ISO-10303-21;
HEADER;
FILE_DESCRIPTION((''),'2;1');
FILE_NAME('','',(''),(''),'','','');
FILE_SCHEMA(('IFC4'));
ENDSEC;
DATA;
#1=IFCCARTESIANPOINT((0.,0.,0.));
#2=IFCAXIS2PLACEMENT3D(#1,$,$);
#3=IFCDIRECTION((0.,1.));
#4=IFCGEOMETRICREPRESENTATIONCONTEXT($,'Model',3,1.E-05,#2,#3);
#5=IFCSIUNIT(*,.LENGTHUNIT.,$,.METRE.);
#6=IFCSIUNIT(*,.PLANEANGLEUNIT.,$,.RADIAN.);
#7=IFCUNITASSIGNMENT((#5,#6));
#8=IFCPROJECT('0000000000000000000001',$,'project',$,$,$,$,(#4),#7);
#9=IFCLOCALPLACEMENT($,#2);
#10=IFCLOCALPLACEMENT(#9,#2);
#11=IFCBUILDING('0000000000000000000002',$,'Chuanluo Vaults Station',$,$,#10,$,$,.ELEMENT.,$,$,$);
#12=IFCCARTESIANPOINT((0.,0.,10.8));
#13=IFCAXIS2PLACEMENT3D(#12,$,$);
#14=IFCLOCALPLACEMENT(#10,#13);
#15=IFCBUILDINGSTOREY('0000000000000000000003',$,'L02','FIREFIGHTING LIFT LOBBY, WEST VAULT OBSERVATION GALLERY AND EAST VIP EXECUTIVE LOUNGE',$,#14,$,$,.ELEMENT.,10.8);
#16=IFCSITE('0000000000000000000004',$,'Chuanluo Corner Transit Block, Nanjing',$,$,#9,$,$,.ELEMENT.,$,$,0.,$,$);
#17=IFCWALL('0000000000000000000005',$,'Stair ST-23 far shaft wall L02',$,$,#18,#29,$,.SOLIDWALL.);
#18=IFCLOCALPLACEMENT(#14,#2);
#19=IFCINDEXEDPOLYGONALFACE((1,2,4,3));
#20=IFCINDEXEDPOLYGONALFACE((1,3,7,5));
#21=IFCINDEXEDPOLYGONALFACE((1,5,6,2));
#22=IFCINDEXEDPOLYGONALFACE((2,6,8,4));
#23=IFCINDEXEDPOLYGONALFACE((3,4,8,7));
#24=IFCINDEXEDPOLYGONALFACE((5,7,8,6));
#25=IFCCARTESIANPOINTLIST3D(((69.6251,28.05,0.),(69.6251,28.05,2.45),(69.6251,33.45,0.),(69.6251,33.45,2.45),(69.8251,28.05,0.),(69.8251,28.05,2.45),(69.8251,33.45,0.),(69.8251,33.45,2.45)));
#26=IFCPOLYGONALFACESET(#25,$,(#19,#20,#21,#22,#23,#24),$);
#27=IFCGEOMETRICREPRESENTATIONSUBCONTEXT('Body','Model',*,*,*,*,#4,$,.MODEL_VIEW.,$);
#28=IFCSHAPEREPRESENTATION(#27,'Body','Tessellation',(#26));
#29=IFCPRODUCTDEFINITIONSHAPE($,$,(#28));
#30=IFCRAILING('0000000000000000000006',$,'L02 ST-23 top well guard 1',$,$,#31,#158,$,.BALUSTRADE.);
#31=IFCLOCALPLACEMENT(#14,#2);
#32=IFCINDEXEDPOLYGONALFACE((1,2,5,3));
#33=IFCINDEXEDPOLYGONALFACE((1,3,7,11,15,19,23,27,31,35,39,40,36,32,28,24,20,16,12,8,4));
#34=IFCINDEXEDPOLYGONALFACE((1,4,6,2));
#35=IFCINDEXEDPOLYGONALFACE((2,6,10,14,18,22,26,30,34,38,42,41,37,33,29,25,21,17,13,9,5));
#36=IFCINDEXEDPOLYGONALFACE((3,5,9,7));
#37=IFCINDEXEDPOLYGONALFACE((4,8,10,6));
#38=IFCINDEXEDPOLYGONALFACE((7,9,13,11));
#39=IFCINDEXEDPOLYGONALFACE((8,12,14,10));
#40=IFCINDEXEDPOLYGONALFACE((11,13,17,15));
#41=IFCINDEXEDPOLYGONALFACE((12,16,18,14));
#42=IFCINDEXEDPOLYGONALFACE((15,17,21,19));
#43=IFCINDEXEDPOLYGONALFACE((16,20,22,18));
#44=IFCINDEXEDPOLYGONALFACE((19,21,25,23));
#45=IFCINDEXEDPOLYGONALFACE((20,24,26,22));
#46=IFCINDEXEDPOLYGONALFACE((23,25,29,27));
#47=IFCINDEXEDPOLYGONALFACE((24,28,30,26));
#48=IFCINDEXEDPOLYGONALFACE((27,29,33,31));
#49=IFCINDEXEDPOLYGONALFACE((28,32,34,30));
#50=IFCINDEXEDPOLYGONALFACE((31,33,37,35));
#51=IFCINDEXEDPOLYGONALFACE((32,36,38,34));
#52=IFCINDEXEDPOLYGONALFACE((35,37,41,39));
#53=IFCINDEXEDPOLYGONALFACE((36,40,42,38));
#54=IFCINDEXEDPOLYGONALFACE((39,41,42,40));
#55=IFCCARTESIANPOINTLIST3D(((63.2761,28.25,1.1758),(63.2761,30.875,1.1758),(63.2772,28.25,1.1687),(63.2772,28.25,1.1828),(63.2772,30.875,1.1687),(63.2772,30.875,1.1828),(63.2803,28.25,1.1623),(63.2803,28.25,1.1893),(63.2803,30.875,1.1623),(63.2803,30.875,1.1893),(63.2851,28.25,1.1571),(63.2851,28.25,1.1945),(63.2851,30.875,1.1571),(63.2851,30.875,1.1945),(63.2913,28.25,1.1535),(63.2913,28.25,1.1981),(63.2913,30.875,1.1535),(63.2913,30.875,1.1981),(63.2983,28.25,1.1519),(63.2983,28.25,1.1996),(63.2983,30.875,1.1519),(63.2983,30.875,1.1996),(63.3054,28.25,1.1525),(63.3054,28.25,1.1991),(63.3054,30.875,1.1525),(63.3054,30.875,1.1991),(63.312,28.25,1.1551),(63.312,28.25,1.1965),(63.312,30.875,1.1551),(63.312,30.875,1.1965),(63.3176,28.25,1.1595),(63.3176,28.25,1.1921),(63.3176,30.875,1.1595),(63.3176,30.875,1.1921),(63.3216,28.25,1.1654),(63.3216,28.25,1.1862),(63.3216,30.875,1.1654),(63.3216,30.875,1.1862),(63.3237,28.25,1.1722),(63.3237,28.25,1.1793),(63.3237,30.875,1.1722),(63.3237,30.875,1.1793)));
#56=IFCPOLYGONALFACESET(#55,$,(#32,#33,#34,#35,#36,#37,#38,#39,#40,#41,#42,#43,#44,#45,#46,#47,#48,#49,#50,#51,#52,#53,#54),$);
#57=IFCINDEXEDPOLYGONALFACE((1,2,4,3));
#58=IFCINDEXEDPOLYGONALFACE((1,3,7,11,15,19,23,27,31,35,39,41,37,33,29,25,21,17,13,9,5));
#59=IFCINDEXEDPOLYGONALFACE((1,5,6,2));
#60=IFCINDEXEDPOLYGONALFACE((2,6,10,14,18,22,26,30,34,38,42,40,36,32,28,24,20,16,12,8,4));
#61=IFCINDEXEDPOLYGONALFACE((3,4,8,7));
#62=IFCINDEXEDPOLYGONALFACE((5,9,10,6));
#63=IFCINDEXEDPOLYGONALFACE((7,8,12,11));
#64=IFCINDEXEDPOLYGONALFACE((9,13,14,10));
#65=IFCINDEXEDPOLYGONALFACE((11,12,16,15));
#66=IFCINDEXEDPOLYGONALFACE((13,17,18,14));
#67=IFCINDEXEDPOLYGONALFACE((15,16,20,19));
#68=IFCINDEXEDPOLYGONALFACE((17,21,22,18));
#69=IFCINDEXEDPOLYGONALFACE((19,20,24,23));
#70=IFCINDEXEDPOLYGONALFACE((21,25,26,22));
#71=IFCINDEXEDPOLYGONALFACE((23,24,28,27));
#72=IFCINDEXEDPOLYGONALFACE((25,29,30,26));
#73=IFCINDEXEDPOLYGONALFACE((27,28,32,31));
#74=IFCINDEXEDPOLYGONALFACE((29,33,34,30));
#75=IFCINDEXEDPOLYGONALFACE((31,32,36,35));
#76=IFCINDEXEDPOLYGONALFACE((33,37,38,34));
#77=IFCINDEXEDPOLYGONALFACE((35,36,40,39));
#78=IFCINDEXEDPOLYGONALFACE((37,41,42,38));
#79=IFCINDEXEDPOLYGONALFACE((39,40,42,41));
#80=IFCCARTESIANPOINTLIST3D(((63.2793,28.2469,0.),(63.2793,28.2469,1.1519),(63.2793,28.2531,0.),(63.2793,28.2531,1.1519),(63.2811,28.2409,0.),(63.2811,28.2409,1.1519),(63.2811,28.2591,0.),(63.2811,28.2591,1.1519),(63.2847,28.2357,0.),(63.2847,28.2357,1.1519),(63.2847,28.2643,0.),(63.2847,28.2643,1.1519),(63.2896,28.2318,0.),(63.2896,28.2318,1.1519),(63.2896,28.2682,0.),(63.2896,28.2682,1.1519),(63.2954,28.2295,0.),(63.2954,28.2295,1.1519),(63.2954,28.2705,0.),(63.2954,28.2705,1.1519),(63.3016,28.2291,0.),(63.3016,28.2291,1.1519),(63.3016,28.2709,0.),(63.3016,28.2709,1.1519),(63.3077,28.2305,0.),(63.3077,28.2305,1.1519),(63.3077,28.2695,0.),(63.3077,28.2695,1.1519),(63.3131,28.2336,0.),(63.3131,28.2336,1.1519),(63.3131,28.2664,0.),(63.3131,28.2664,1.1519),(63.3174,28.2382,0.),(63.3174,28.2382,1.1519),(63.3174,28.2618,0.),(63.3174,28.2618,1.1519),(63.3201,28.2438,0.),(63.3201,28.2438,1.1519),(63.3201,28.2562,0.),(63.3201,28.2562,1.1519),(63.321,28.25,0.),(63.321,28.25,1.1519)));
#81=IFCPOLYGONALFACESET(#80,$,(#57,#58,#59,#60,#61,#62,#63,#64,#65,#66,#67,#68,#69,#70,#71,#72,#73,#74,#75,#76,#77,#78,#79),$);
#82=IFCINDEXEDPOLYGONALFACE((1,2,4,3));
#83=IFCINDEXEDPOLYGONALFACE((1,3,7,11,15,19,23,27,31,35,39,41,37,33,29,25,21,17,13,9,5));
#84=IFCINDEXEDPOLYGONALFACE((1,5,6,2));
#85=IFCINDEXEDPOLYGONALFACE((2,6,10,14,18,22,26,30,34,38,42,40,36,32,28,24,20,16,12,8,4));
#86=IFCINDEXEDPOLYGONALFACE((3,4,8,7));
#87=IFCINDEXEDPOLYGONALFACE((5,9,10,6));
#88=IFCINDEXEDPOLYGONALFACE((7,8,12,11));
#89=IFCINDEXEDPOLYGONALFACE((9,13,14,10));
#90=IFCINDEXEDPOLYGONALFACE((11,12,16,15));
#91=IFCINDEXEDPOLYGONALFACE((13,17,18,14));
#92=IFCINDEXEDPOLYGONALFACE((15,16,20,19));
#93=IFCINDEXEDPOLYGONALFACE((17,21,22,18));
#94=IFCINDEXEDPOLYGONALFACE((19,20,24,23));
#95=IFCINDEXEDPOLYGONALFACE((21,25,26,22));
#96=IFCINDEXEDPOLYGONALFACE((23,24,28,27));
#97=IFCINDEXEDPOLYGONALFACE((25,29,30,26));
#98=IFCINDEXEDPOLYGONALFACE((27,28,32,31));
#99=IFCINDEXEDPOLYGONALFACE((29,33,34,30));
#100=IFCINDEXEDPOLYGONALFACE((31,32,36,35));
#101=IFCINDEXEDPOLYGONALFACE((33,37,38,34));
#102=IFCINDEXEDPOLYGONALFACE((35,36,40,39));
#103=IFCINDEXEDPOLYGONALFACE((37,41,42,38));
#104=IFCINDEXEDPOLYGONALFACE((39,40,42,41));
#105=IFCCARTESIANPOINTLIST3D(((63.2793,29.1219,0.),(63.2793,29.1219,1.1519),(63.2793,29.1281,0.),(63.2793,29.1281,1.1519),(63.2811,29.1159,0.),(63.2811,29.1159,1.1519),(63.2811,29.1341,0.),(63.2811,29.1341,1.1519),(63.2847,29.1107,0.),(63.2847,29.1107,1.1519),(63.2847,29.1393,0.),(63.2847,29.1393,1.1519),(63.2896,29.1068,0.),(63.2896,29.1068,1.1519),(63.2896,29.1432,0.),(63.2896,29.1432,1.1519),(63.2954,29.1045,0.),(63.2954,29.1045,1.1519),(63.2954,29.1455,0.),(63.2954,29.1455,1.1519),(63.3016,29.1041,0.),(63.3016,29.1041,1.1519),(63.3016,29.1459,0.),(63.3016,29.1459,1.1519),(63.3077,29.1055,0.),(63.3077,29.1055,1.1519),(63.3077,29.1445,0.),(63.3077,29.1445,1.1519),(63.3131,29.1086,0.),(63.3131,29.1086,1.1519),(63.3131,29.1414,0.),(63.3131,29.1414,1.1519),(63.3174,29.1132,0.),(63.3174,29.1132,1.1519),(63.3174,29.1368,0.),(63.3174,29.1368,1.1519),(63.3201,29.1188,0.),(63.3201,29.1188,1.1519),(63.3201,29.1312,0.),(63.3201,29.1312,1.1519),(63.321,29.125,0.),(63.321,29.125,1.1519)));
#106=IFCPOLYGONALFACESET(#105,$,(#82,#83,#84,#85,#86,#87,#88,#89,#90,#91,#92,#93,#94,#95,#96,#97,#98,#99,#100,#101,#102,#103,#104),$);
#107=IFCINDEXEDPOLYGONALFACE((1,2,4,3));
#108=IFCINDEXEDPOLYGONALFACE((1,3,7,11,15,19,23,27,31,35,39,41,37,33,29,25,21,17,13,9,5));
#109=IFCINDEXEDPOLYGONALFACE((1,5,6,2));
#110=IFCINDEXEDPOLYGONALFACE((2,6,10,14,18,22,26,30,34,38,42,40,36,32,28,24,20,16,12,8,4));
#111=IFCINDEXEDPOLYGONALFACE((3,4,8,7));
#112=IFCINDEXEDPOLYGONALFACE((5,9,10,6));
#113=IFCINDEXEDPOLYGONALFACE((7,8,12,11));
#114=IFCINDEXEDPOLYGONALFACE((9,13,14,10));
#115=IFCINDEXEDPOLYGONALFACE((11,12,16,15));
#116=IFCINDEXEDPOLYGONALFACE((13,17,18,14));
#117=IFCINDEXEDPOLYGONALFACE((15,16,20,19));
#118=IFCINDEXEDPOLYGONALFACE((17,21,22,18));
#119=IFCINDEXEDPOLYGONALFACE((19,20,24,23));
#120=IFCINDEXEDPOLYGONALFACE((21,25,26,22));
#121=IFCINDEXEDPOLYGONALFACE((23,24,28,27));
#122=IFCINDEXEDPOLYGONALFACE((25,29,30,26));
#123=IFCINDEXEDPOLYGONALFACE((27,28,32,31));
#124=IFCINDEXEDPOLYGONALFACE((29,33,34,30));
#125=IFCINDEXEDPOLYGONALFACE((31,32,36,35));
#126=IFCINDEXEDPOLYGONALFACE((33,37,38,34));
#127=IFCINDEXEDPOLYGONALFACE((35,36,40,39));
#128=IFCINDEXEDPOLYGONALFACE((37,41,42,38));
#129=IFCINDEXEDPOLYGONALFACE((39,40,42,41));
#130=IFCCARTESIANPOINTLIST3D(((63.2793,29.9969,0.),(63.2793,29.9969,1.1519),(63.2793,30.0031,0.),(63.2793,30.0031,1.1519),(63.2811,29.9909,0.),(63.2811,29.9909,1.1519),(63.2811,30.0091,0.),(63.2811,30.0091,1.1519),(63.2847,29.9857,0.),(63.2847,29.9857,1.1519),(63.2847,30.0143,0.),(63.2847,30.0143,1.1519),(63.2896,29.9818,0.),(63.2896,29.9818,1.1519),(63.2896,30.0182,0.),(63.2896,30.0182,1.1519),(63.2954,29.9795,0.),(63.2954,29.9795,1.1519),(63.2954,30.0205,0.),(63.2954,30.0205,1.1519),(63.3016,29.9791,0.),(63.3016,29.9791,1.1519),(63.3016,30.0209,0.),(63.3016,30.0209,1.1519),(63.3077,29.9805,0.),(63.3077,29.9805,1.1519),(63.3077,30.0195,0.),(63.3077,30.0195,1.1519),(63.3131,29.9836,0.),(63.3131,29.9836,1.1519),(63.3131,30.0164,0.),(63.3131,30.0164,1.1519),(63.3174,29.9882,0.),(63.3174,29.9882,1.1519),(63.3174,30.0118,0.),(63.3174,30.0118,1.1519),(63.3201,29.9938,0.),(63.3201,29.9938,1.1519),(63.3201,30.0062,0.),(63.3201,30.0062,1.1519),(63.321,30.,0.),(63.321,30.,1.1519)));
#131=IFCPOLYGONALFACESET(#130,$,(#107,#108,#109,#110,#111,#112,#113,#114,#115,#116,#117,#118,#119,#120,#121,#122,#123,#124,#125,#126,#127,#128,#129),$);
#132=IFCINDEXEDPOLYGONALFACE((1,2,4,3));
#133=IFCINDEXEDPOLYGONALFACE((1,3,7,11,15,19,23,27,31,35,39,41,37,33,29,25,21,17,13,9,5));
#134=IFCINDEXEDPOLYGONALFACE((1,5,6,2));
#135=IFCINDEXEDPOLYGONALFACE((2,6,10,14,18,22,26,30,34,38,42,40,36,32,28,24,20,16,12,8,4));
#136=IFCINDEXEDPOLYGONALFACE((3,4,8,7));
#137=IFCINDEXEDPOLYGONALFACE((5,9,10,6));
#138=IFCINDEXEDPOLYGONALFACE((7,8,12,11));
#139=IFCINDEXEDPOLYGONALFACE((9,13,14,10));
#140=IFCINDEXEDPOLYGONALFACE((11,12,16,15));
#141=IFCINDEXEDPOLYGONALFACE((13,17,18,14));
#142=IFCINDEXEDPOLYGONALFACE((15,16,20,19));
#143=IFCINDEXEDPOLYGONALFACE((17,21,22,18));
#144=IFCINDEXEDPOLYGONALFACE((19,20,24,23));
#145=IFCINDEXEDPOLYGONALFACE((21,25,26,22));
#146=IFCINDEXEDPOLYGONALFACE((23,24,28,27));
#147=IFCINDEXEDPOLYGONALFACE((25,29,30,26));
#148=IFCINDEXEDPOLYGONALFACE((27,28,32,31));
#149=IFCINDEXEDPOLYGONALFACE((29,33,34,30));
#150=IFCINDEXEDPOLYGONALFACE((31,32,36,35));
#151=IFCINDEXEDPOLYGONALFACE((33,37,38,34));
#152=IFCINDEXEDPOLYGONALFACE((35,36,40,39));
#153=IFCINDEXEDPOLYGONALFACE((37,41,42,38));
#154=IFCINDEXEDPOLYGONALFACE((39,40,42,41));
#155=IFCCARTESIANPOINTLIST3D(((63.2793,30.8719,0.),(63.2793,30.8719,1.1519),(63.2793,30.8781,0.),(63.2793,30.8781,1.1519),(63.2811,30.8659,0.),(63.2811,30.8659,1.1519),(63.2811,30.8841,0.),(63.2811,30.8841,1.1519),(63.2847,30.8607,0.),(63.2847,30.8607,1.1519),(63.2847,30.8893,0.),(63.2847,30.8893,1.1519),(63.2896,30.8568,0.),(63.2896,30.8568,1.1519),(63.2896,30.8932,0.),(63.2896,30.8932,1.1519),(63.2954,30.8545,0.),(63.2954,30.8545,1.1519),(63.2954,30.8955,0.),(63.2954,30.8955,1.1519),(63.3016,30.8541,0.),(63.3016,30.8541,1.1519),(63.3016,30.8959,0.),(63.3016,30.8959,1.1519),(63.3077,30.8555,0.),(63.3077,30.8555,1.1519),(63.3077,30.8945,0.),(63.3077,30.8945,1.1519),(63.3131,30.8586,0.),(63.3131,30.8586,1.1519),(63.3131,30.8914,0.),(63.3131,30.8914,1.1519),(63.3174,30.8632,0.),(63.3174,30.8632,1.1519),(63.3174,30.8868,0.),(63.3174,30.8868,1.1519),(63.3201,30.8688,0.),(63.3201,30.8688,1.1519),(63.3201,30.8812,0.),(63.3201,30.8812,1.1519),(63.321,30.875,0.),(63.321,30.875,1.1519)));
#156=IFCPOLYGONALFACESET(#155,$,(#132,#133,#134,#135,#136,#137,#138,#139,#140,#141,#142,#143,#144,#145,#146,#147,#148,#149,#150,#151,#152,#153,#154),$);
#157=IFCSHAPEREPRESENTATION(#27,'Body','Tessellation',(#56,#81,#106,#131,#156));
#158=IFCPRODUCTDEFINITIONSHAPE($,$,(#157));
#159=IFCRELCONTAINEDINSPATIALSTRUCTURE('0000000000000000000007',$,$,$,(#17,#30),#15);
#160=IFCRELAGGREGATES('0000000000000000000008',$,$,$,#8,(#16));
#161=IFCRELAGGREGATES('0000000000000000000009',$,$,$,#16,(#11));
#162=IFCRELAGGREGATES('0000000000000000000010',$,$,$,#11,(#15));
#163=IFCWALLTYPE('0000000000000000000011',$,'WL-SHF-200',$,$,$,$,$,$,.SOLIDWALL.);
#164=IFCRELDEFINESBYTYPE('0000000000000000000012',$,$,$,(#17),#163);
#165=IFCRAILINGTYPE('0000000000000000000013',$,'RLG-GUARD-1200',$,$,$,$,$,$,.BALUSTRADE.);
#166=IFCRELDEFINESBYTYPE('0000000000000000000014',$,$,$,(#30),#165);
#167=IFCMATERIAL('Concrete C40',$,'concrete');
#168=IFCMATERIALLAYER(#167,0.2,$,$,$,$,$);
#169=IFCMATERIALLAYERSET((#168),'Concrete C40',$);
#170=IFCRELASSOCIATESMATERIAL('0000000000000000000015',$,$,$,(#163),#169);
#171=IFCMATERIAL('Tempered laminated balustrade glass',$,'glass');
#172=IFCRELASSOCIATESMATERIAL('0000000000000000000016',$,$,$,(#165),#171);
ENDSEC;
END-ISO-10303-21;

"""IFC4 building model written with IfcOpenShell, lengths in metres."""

from ifc_helpers import new_model, si_unit, direction, frame, frame_2d, origin, origin_2d, place, context, subcontext, project, spatial, rectangle, circle, extrude, material, layer, layer_set, type_object, element, save


model = new_model("IFC4")

# Units and contexts
model_context = context("Model", 3, precision=1e-05, world=origin(), true_north=direction((0.0, 1.0)))
body_context = subcontext(model_context, "Body", "Model", "MODEL_VIEW")
ifc_project = project(units=[si_unit("LENGTHUNIT", "METRE"), si_unit("PLANEANGLEUNIT", "RADIAN")], contexts=[model_context])

# Site, building, storey
site_placement = place(None, origin())
site = spatial("IfcSite", under=ifc_project, at=site_placement, Name="Chuanluo Corner Transit Block, Nanjing", CompositionType="ELEMENT", RefElevation=0.0)
building_placement = place(site_placement, origin())
building = spatial("IfcBuilding", under=site, at=building_placement, Name="Chuanluo Vaults Station", CompositionType="ELEMENT")
storey_placement = place(building_placement, frame((0.0, 0.0, 10.8)))
storey = spatial("IfcBuildingStorey", under=building, at=storey_placement, Name="L02", Description="FIREFIGHTING LIFT LOBBY, WEST VAULT OBSERVATION GALLERY AND EAST VIP EXECUTIVE LOUNGE", CompositionType="ELEMENT", Elevation=10.8)

# Wall
ifc_material_1 = material(Name="Concrete C40", Category="concrete")
ifc_layer_1 = layer(ifc_material_1, 0.2)
ifc_layer_set_1 = layer_set([ifc_layer_1], Name="Concrete C40")
wall_type_1 = type_object("IfcWallType", Name="WL-SHF-200", PredefinedType="SOLIDWALL", material=ifc_layer_set_1)
wall_1_placement = place(storey_placement, frame((69.7251, 28.05, 0.0), z_axis=(0.0, 0.0, 1.0), x_axis=(0.0, 1.0, 0.0)))
element("IfcWall", 1, at=wall_1_placement, inside=storey, type_object=wall_type_1, Name="Stair ST-23 far shaft wall L02", PredefinedType="SOLIDWALL", context=body_context, shape_type="SweptSolid", body=[
    extrude(rectangle(XDim=5.3999, YDim=0.2, at=frame_2d((2.7, 0.0))), origin(), (0.0, 0.0, 1.0), 2.45),
])

# Railing
ifc_material_2 = material(Name="Tempered laminated balustrade glass", Category="glass")
railing_type = type_object("IfcRailingType", Name="RLG-GUARD-1200", PredefinedType="BALUSTRADE", material=ifc_material_2)
railing_placement = place(storey_placement, frame((63.3, 28.25, 0.0)))
element("IfcRailing", 2, at=railing_placement, inside=storey, type_object=railing_type, Name="L02 ST-23 top well guard 1", PredefinedType="BALUSTRADE", context=body_context, shape_type="SweptSolid", body=[
    extrude(circle(Radius=0.0239, at=origin_2d()), frame((0.0, 0.0, 1.1758), z_axis=(0.0, 1.0, 0.0), x_axis=(-1.0, 0.0, 0.0)), (0.0, 0.0, 1.0), 2.625),
    extrude(circle(Radius=0.021, at=origin_2d()), origin(), (0.0, 0.0, 1.0), 1.1519),
    extrude(circle(Radius=0.021, at=origin_2d()), frame((0.0, 0.875, 0.0)), (0.0, 0.0, 1.0), 1.1519),
    extrude(circle(Radius=0.021, at=origin_2d()), frame((0.0, 1.75, 0.0)), (0.0, 0.0, 1.0), 1.1519),
    extrude(circle(Radius=0.021, at=origin_2d()), frame((0.0, 2.625, 0.0)), (0.0, 0.0, 1.0), 1.1519),
])

save(model, "model.ifc")
